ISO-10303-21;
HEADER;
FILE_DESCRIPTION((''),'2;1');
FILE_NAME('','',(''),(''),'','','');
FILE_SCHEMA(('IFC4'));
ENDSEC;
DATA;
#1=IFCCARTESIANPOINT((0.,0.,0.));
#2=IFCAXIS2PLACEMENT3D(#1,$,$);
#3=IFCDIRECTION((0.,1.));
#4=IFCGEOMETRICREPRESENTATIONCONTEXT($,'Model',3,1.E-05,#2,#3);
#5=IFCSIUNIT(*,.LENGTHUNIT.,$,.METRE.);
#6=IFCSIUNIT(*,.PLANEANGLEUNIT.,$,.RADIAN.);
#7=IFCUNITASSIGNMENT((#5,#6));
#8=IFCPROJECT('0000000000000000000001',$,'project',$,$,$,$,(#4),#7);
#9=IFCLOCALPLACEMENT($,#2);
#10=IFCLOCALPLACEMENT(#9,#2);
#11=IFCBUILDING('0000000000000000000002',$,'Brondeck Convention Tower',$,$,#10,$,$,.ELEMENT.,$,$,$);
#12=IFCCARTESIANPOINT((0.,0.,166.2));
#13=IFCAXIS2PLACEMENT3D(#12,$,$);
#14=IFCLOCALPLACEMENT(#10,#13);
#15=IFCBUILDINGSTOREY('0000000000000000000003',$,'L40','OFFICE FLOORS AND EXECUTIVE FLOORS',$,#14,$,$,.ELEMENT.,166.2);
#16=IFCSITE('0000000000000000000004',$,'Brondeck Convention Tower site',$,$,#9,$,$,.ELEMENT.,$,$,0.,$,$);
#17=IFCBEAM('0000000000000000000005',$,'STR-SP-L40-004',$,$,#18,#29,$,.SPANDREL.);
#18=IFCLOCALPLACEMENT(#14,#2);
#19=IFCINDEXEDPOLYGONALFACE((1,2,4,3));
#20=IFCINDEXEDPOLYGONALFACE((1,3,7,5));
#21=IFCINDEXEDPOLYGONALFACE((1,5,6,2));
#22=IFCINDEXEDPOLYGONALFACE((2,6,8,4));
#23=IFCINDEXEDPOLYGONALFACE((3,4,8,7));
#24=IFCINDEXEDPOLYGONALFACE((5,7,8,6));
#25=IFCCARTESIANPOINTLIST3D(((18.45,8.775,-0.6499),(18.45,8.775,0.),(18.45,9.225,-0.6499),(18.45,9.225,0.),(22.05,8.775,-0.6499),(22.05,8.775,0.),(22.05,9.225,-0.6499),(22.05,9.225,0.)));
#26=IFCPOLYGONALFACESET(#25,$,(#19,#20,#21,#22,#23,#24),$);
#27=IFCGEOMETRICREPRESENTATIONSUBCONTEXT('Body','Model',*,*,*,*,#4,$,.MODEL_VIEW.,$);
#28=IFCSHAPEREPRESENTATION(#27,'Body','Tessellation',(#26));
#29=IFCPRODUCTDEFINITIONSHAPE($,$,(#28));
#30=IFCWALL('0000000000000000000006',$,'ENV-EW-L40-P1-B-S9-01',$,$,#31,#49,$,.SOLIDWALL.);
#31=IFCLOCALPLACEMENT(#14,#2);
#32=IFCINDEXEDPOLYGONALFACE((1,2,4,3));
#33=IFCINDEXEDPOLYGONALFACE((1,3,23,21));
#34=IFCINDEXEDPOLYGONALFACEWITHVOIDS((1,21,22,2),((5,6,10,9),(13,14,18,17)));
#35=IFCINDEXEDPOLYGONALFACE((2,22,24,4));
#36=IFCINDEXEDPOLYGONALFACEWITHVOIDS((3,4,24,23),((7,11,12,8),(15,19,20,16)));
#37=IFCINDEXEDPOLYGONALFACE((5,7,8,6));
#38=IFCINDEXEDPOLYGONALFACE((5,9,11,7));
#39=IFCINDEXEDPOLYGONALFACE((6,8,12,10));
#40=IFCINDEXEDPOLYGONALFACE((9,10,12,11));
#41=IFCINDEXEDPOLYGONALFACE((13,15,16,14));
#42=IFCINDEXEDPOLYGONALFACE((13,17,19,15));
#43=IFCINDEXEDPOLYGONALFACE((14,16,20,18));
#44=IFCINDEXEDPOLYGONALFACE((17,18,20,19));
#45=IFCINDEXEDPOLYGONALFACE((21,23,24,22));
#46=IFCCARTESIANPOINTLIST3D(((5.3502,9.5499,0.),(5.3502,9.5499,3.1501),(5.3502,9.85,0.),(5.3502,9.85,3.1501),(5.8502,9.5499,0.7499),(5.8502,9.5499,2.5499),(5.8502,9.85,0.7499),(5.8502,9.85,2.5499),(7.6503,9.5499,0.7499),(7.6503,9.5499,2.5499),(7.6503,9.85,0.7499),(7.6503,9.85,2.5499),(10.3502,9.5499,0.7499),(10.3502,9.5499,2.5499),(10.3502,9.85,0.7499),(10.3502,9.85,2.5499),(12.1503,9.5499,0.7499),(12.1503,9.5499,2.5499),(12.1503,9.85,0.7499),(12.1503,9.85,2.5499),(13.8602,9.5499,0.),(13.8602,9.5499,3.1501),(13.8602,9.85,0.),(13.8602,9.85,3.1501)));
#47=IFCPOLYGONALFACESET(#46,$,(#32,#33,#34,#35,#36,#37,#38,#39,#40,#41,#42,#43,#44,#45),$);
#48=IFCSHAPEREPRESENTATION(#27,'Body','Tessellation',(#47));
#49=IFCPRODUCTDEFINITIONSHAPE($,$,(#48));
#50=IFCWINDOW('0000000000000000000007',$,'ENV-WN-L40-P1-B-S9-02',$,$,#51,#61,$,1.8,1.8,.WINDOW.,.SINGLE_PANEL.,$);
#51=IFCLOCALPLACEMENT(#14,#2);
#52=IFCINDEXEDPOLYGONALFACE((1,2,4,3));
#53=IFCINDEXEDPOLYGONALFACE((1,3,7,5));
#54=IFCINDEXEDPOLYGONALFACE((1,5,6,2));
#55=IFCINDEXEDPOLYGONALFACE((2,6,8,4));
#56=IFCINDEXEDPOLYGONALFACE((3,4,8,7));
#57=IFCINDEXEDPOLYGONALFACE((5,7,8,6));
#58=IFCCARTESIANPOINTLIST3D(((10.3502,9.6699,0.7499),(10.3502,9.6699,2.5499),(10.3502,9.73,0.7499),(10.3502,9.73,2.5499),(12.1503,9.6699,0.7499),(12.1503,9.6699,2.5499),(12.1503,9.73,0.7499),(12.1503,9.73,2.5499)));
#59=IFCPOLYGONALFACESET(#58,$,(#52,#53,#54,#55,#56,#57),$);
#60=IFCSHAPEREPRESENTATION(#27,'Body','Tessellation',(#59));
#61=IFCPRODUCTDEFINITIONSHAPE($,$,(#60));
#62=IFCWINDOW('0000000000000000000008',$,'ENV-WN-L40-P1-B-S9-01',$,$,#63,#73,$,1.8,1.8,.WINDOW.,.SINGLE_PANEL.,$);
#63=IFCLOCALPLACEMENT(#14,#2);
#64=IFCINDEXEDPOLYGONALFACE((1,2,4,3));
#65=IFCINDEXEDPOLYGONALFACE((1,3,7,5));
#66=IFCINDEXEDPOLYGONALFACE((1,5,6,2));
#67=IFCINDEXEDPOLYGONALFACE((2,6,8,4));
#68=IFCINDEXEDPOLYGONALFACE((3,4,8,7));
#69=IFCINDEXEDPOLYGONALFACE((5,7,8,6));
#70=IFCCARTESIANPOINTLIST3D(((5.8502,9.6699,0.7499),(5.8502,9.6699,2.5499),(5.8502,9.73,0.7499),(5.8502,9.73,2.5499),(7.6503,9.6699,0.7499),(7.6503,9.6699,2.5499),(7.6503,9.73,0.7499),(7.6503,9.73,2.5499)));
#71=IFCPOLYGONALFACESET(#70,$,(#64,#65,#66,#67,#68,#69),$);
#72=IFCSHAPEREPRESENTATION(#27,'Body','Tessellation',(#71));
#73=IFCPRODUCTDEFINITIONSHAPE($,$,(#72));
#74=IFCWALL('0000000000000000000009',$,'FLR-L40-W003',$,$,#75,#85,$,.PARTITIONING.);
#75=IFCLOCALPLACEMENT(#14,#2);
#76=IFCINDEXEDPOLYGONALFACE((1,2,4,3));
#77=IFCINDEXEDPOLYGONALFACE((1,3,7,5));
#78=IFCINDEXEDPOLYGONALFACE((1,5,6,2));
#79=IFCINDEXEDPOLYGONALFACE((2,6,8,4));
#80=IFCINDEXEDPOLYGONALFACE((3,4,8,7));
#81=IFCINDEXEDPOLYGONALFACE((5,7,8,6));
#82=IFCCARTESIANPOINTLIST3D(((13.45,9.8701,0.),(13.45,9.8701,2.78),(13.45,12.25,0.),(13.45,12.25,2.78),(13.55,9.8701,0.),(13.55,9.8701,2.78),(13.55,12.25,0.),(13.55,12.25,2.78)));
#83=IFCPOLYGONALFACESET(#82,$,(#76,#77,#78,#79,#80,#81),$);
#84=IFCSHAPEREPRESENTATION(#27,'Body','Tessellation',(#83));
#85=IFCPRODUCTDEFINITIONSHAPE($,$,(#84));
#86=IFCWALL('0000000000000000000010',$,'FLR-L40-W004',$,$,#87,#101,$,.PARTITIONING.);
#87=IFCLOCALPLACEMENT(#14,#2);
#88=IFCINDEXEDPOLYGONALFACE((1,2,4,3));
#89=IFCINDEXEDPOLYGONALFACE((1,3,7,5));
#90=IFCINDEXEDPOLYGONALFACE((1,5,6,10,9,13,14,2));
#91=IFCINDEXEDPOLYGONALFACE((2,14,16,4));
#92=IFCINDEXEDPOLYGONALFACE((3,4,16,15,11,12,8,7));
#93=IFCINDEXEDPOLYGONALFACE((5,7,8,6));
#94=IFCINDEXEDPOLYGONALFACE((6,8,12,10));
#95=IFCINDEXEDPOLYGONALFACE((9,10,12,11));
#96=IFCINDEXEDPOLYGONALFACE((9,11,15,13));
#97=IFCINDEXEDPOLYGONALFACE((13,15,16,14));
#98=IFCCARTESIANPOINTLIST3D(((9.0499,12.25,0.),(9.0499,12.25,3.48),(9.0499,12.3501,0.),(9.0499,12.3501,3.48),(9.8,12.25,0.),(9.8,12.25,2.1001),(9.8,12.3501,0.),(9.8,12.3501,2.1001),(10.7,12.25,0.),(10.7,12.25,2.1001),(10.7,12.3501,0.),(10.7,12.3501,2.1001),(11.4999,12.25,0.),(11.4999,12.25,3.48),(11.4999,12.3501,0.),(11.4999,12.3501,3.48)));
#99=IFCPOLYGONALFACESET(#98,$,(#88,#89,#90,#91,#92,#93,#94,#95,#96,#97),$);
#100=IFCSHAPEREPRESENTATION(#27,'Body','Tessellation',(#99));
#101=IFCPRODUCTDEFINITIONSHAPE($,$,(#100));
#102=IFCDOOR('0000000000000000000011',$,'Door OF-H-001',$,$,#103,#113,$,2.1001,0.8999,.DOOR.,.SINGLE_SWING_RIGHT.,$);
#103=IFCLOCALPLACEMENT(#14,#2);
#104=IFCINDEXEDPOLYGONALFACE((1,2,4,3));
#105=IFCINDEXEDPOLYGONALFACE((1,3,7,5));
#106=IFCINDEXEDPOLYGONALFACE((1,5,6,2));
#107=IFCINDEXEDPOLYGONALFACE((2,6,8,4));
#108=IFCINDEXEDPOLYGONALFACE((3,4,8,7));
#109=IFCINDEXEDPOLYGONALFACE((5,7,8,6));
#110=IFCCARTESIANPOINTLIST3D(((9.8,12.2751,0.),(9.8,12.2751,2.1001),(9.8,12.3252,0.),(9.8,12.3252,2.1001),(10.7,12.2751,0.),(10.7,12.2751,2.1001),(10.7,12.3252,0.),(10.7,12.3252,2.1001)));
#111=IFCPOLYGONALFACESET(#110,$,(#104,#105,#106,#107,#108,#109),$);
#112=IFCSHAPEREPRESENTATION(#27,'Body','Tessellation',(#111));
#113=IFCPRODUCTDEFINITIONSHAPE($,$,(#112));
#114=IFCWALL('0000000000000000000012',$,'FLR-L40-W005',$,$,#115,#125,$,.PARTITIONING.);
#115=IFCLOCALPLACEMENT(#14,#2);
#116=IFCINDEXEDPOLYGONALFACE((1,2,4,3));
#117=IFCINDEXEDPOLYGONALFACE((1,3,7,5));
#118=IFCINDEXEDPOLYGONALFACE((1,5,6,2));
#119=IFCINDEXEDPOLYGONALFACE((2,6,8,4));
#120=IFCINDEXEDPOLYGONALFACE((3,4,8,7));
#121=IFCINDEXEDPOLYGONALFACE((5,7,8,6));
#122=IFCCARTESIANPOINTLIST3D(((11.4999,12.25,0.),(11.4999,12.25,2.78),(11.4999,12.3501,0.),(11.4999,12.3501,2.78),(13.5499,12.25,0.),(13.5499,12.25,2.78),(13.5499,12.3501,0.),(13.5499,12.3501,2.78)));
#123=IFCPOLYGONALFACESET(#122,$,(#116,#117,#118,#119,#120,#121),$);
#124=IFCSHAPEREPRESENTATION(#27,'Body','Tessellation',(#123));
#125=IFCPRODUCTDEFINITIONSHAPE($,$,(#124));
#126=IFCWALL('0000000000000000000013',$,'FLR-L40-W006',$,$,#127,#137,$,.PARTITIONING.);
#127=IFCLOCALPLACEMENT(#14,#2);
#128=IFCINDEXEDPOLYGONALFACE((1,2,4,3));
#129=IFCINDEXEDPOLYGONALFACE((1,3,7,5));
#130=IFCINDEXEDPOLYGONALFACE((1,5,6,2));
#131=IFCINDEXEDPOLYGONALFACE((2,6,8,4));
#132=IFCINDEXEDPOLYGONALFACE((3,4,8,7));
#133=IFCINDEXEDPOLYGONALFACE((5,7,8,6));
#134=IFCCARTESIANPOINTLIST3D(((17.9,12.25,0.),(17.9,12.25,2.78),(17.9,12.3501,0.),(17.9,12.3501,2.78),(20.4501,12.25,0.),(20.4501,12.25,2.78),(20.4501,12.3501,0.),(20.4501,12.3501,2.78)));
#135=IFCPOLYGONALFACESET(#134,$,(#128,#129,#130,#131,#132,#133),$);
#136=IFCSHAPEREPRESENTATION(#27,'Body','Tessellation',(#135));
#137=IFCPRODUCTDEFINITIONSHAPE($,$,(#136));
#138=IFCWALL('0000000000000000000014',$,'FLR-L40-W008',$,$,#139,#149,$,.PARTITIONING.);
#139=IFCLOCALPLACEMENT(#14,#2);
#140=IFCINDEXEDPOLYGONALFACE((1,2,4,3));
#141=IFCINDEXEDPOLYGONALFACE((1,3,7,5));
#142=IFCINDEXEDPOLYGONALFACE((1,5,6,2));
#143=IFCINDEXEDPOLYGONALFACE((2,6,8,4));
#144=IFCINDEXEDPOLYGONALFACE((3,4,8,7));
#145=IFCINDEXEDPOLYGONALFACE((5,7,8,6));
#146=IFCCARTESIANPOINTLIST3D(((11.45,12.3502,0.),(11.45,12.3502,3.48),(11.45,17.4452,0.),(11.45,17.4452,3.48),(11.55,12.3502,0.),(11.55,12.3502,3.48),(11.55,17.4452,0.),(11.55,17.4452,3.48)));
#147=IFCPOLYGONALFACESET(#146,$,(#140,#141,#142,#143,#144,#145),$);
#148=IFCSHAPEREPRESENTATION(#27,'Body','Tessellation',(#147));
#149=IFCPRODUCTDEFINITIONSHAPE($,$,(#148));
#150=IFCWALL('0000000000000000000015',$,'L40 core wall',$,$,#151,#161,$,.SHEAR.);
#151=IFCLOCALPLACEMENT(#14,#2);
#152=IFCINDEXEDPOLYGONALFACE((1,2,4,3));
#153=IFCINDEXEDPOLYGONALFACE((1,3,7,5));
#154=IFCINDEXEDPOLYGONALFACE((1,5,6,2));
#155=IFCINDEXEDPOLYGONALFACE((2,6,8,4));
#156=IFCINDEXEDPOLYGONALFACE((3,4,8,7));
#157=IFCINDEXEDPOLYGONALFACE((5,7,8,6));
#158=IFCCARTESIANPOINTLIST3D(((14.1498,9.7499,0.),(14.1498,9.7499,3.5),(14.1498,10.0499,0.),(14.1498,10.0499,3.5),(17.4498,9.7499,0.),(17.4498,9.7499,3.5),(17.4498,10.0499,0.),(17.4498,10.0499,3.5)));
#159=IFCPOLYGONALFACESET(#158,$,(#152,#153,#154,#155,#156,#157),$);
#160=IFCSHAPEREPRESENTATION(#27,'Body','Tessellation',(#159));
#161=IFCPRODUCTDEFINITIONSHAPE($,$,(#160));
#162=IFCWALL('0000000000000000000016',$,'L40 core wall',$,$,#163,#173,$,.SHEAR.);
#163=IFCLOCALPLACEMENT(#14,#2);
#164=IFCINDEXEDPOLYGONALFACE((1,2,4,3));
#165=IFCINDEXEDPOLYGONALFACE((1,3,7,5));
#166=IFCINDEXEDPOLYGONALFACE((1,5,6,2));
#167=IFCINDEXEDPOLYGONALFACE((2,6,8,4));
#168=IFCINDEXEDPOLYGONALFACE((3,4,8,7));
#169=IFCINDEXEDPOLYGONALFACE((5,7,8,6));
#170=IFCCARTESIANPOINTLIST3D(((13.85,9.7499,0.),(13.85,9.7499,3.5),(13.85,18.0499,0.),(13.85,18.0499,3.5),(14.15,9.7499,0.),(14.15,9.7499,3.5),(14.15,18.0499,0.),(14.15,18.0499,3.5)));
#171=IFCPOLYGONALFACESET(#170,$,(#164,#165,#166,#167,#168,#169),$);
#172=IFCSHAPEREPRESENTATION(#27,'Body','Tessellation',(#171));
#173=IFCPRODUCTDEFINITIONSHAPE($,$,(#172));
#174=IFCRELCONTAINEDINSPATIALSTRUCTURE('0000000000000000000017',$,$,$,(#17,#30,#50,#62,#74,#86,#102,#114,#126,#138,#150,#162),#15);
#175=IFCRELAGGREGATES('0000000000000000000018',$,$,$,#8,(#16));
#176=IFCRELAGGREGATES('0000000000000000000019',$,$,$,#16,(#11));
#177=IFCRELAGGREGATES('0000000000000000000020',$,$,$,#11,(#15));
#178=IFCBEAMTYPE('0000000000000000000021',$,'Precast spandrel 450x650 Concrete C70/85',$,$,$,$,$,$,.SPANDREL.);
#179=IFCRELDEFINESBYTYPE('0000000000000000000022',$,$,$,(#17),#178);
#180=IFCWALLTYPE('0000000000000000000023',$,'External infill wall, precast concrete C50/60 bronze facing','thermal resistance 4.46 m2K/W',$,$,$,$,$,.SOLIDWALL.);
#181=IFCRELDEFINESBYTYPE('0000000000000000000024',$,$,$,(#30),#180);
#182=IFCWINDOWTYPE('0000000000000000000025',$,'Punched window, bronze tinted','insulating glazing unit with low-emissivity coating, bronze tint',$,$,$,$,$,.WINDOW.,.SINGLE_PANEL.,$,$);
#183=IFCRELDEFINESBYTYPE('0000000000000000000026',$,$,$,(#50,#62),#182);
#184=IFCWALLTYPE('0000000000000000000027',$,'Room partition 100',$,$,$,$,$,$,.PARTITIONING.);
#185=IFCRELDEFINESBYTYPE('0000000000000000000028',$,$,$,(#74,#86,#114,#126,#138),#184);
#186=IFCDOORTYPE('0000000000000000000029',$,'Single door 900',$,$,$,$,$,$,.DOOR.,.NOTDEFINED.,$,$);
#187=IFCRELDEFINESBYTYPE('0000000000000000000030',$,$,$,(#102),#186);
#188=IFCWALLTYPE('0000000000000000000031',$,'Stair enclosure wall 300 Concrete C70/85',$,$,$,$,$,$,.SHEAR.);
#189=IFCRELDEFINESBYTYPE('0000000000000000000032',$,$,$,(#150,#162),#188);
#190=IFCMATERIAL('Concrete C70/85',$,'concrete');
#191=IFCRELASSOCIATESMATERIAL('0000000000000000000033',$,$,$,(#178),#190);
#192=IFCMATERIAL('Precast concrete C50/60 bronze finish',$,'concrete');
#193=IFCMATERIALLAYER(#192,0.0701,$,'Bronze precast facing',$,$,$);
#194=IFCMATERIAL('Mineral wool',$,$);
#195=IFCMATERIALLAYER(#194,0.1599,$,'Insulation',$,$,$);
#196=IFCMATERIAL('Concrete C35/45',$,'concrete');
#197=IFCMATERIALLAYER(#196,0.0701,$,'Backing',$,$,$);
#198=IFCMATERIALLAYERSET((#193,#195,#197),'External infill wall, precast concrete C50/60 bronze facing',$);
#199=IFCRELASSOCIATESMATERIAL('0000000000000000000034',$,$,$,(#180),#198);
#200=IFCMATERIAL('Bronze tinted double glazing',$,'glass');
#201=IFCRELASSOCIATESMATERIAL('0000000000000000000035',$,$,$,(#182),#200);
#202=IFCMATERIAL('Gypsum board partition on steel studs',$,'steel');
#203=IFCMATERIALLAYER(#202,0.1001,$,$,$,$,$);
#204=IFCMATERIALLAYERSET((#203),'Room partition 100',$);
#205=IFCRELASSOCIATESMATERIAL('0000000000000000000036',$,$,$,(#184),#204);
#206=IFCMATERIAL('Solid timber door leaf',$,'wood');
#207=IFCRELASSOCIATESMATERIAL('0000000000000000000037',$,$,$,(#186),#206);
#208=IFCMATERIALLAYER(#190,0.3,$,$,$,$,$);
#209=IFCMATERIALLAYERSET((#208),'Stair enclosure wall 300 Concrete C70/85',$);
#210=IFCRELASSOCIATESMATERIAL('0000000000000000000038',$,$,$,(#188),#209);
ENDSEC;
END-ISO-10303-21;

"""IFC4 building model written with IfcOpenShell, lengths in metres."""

from ifc_helpers import new_model, si_unit, direction, frame, frame_2d, origin, origin_2d, place, context, subcontext, project, spatial, rectangle, extrude, material, layer, layer_set, material_profile, profile_set, type_object, element, fill, save


model = new_model("IFC4")

# Units and contexts
model_context = context("Model", 3, precision=1e-05, world=origin(), true_north=direction((0.0, 1.0)))
body_context = subcontext(model_context, "Body", "Model", "MODEL_VIEW")
ifc_project = project(units=[si_unit("LENGTHUNIT", "METRE"), si_unit("PLANEANGLEUNIT", "RADIAN")], contexts=[model_context])

# Site, building, storey
site_placement = place(None, origin())
site = spatial("IfcSite", under=ifc_project, at=site_placement, Name="Brondeck Convention Tower site", CompositionType="ELEMENT", RefElevation=0.0)
building_placement = place(site_placement, origin())
building = spatial("IfcBuilding", under=site, at=building_placement, Name="Brondeck Convention Tower", CompositionType="ELEMENT")
storey_placement = place(building_placement, frame((0.0, 0.0, 166.2)))
storey = spatial("IfcBuildingStorey", under=building, at=storey_placement, Name="L40", Description="OFFICE FLOORS AND EXECUTIVE FLOORS", CompositionType="ELEMENT", Elevation=166.2)

# Shared definitions
ifc_material_1 = material(Name="Concrete C70/85", Category="concrete")

# Beam
ifc_material_profile_1 = material_profile(ifc_material_1, rectangle(XDim=0.45, YDim=0.6499, at=origin_2d()), Name="Precast spandrel 450x650 Concrete C70/85")
ifc_profile_set_1 = profile_set([ifc_material_profile_1], Name="Concrete C70/85")
beam_type_1 = type_object("IfcBeamType", Name="Precast spandrel 450x650 Concrete C70/85", PredefinedType="SPANDREL", material=ifc_profile_set_1)
for number, where, z_axis, x_axis, name in (
    (1, (18.45, 9.0, -0.325), (1.0, 0.0, 0.0), (0.0, 1.0, 0.0), "STR-SP-L40-004"),
):
    element("IfcBeam", number, at=place(storey_placement, frame(where, z_axis=z_axis, x_axis=x_axis)), inside=storey, type_object=beam_type_1, Name=name, PredefinedType="SPANDREL", context=body_context, shape_type="SweptSolid", body=[
        extrude(rectangle(XDim=0.45, YDim=0.6499, at=origin_2d()), origin(), (0.0, 0.0, 1.0), 3.6001),
    ])

# Wall, openings, windows
ifc_material_2 = material(Name="Precast concrete C50/60 bronze finish", Category="concrete")
ifc_layer_1 = layer(ifc_material_2, 0.0701, Name="Bronze precast facing")
ifc_material_3 = material(Name="Mineral wool")
ifc_layer_2 = layer(ifc_material_3, 0.1599, Name="Insulation")
ifc_material_4 = material(Name="Concrete C35/45", Category="concrete")
ifc_layer_3 = layer(ifc_material_4, 0.0701, Name="Backing")
ifc_layer_set_1 = layer_set([ifc_layer_1, ifc_layer_2, ifc_layer_3], Name="External infill wall, precast concrete C50/60 bronze facing")
wall_type_1 = type_object("IfcWallType", Name="External infill wall, precast concrete C50/60 bronze facing", Description="thermal resistance 4.46 m2K/W", PredefinedType="SOLIDWALL", material=ifc_layer_set_1)
wall_1_placement = place(storey_placement, frame((13.8601, 9.7, 0.0), z_axis=(0.0, 0.0, 1.0), x_axis=(-1.0, 0.0, 0.0)))
wall_1 = element("IfcWall", 2, at=wall_1_placement, inside=storey, type_object=wall_type_1, Name="ENV-EW-L40-P1-B-S9-01", PredefinedType="SOLIDWALL", context=body_context, shape_type="SweptSolid", body=[
    extrude(rectangle(XDim=8.51, YDim=0.3, at=frame_2d((4.2549, 0.0))), origin(), (0.0, 0.0, 1.0), 3.1501),
])
opening_1_placement = place(wall_1_placement, frame((1.71, 0.0, 0.75)))
opening_1 = element("IfcOpeningElement", 3, at=opening_1_placement, cuts=wall_1, PredefinedType="OPENING", context=body_context, shape_type="SweptSolid", body=[
    extrude(rectangle(XDim=1.8, YDim=1.8, at=frame_2d((0.8999, 0.8999))), frame((0.0, 0.1599, 0.0), z_axis=(0.0, -1.0, 0.0), x_axis=(1.0, 0.0, 0.0)), (0.0, 0.0, 1.0), 0.3201),
])
opening_2_placement = place(wall_1_placement, frame((6.21, 0.0, 0.75)))
opening_2 = element("IfcOpeningElement", 4, at=opening_2_placement, cuts=wall_1, PredefinedType="OPENING", context=body_context, shape_type="SweptSolid", body=[
    extrude(rectangle(XDim=1.8, YDim=1.8, at=frame_2d((0.8999, 0.8999))), frame((0.0, 0.1599, 0.0), z_axis=(0.0, -1.0, 0.0), x_axis=(1.0, 0.0, 0.0)), (0.0, 0.0, 1.0), 0.3201),
])
ifc_material_5 = material(Name="Bronze tinted double glazing", Category="glass")
window_type = type_object("IfcWindowType", Name="Punched window, bronze tinted", Description="insulating glazing unit with low-emissivity coating, bronze tint", PartitioningType="SINGLE_PANEL", PredefinedType="WINDOW", material=ifc_material_5)
window_1_placement = place(opening_1_placement, origin())
window_1 = element("IfcWindow", 5, at=window_1_placement, inside=storey, type_object=window_type, Name="ENV-WN-L40-P1-B-S9-02", OverallHeight=1.8, OverallWidth=1.8, PartitioningType="SINGLE_PANEL", PredefinedType="WINDOW", context=body_context, shape_type="SweptSolid", body=[
    extrude(rectangle(XDim=1.8, YDim=1.8, at=frame_2d((0.8999, 0.8999))), frame((0.0, 0.03, 0.0), z_axis=(0.0, -1.0, 0.0), x_axis=(1.0, 0.0, 0.0)), (0.0, 0.0, 1.0), 0.0601),
])
fill(opening_1, window_1)
window_2_placement = place(opening_2_placement, origin())
window_2 = element("IfcWindow", 6, at=window_2_placement, inside=storey, type_object=window_type, Name="ENV-WN-L40-P1-B-S9-01", OverallHeight=1.8, OverallWidth=1.8, PartitioningType="SINGLE_PANEL", PredefinedType="WINDOW", context=body_context, shape_type="SweptSolid", body=[
    extrude(rectangle(XDim=1.8, YDim=1.8, at=frame_2d((0.8999, 0.8999))), frame((0.0, 0.03, 0.0), z_axis=(0.0, -1.0, 0.0), x_axis=(1.0, 0.0, 0.0)), (0.0, 0.0, 1.0), 0.0601),
])
fill(opening_2, window_2)

# Wall
ifc_material_6 = material(Name="Gypsum board partition on steel studs", Category="steel")
ifc_layer_4 = layer(ifc_material_6, 0.1001)
ifc_layer_set_2 = layer_set([ifc_layer_4], Name="Room partition 100")
wall_type_2 = type_object("IfcWallType", Name="Room partition 100", PredefinedType="PARTITIONING", material=ifc_layer_set_2)
wall_2_placement = place(storey_placement, frame((13.5, 12.25, 0.0), z_axis=(0.0, 0.0, 1.0), x_axis=(0.0, -1.0, 0.0)))
element("IfcWall", 7, at=wall_2_placement, inside=storey, type_object=wall_type_2, Name="FLR-L40-W003", PredefinedType="PARTITIONING", context=body_context, shape_type="SweptSolid", body=[
    extrude(rectangle(XDim=2.3799, YDim=0.1001, at=frame_2d((1.1899, 0.0))), origin(), (0.0, 0.0, 1.0), 2.78),
])

# Wall, opening, door
wall_3_placement = place(storey_placement, frame((11.5, 12.3, 0.0), z_axis=(0.0, 0.0, 1.0), x_axis=(-1.0, 0.0, 0.0)))
wall_3 = element("IfcWall", 8, at=wall_3_placement, inside=storey, type_object=wall_type_2, Name="FLR-L40-W004", PredefinedType="PARTITIONING", context=body_context, shape_type="SweptSolid", body=[
    extrude(rectangle(XDim=2.45, YDim=0.1001, at=frame_2d((1.2251, 0.0))), origin(), (0.0, 0.0, 1.0), 3.48),
])
opening_3_placement = place(wall_3_placement, frame((0.8, 0.0, 0.0)))
opening_3 = element("IfcOpeningElement", 9, at=opening_3_placement, cuts=wall_3, PredefinedType="OPENING", context=body_context, shape_type="SweptSolid", body=[
    extrude(rectangle(XDim=0.8999, YDim=2.1001, at=frame_2d((0.45, 1.05))), frame((0.0, 0.0601, 0.0), z_axis=(0.0, -1.0, 0.0), x_axis=(1.0, 0.0, 0.0)), (0.0, 0.0, 1.0), 0.1201),
])
ifc_material_7 = material(Name="Solid timber door leaf", Category="wood")
door_type_1 = type_object("IfcDoorType", Name="Single door 900", OperationType="NOTDEFINED", PredefinedType="DOOR", material=ifc_material_7)
door_1_placement = place(opening_3_placement, origin())
door_1 = element("IfcDoor", 10, at=door_1_placement, inside=storey, type_object=door_type_1, Name="Door OF-H-001", OperationType="SINGLE_SWING_RIGHT", OverallHeight=2.1001, OverallWidth=0.8999, PredefinedType="DOOR", context=body_context, shape_type="SweptSolid", body=[
    extrude(rectangle(XDim=0.8999, YDim=2.1001, at=frame_2d((0.45, 1.05))), frame((0.0, 0.0249, 0.0), z_axis=(0.0, -1.0, 0.0), x_axis=(1.0, 0.0, 0.0)), (0.0, 0.0, 1.0), 0.05),
])
fill(opening_3, door_1)

# Walls
wall_4_placement = place(storey_placement, frame((11.5, 12.3, 0.0), z_axis=(0.0, 0.0, 1.0), x_axis=(1.0, 0.0, 0.0)))
element("IfcWall", 11, at=wall_4_placement, inside=storey, type_object=wall_type_2, Name="FLR-L40-W005", PredefinedType="PARTITIONING", context=body_context, shape_type="SweptSolid", body=[
    extrude(rectangle(XDim=2.05, YDim=0.1001, at=frame_2d((1.0249, 0.0))), origin(), (0.0, 0.0, 1.0), 2.78),
])
wall_5_placement = place(storey_placement, frame((20.45, 12.3, 0.0), z_axis=(0.0, 0.0, 1.0), x_axis=(-1.0, 0.0, 0.0)))
element("IfcWall", 12, at=wall_5_placement, inside=storey, type_object=wall_type_2, Name="FLR-L40-W006", PredefinedType="PARTITIONING", context=body_context, shape_type="SweptSolid", body=[
    extrude(rectangle(XDim=2.55, YDim=0.1001, at=frame_2d((1.2749, 0.0))), origin(), (0.0, 0.0, 1.0), 2.78),
])
wall_6_placement = place(storey_placement, frame((11.5, 17.4451, 0.0), z_axis=(0.0, 0.0, 1.0), x_axis=(0.0, -1.0, 0.0)))
element("IfcWall", 13, at=wall_6_placement, inside=storey, type_object=wall_type_2, Name="FLR-L40-W008", PredefinedType="PARTITIONING", context=body_context, shape_type="SweptSolid", body=[
    extrude(rectangle(XDim=5.095, YDim=0.1001, at=frame_2d((2.5474, 0.0))), origin(), (0.0, 0.0, 1.0), 3.48),
])
ifc_layer_5 = layer(ifc_material_1, 0.3)
ifc_layer_set_3 = layer_set([ifc_layer_5], Name="Stair enclosure wall 300 Concrete C70/85")
wall_type_3 = type_object("IfcWallType", Name="Stair enclosure wall 300 Concrete C70/85", PredefinedType="SHEAR", material=ifc_layer_set_3)
wall_7_placement = place(storey_placement, frame((14.1499, 9.8999, 0.0), z_axis=(0.0, 0.0, 1.0), x_axis=(1.0, 0.0, 0.0)))
element("IfcWall", 14, at=wall_7_placement, inside=storey, type_object=wall_type_3, Name="L40 core wall", PredefinedType="SHEAR", context=body_context, shape_type="SweptSolid", body=[
    extrude(rectangle(XDim=3.3, YDim=0.3, at=frame_2d((1.6499, 0.0))), origin(), (0.0, 0.0, 1.0), 3.5),
])
wall_8_placement = place(storey_placement, frame((14.0, 9.75, 0.0), z_axis=(0.0, 0.0, 1.0), x_axis=(0.0, 1.0, 0.0)))
element("IfcWall", 15, at=wall_8_placement, inside=storey, type_object=wall_type_3, Name="L40 core wall", PredefinedType="SHEAR", context=body_context, shape_type="SweptSolid", body=[
    extrude(rectangle(XDim=8.3, YDim=0.3, at=frame_2d((4.1499, 0.0))), origin(), (0.0, 0.0, 1.0), 3.5),
])

save(model, "model.ifc")
